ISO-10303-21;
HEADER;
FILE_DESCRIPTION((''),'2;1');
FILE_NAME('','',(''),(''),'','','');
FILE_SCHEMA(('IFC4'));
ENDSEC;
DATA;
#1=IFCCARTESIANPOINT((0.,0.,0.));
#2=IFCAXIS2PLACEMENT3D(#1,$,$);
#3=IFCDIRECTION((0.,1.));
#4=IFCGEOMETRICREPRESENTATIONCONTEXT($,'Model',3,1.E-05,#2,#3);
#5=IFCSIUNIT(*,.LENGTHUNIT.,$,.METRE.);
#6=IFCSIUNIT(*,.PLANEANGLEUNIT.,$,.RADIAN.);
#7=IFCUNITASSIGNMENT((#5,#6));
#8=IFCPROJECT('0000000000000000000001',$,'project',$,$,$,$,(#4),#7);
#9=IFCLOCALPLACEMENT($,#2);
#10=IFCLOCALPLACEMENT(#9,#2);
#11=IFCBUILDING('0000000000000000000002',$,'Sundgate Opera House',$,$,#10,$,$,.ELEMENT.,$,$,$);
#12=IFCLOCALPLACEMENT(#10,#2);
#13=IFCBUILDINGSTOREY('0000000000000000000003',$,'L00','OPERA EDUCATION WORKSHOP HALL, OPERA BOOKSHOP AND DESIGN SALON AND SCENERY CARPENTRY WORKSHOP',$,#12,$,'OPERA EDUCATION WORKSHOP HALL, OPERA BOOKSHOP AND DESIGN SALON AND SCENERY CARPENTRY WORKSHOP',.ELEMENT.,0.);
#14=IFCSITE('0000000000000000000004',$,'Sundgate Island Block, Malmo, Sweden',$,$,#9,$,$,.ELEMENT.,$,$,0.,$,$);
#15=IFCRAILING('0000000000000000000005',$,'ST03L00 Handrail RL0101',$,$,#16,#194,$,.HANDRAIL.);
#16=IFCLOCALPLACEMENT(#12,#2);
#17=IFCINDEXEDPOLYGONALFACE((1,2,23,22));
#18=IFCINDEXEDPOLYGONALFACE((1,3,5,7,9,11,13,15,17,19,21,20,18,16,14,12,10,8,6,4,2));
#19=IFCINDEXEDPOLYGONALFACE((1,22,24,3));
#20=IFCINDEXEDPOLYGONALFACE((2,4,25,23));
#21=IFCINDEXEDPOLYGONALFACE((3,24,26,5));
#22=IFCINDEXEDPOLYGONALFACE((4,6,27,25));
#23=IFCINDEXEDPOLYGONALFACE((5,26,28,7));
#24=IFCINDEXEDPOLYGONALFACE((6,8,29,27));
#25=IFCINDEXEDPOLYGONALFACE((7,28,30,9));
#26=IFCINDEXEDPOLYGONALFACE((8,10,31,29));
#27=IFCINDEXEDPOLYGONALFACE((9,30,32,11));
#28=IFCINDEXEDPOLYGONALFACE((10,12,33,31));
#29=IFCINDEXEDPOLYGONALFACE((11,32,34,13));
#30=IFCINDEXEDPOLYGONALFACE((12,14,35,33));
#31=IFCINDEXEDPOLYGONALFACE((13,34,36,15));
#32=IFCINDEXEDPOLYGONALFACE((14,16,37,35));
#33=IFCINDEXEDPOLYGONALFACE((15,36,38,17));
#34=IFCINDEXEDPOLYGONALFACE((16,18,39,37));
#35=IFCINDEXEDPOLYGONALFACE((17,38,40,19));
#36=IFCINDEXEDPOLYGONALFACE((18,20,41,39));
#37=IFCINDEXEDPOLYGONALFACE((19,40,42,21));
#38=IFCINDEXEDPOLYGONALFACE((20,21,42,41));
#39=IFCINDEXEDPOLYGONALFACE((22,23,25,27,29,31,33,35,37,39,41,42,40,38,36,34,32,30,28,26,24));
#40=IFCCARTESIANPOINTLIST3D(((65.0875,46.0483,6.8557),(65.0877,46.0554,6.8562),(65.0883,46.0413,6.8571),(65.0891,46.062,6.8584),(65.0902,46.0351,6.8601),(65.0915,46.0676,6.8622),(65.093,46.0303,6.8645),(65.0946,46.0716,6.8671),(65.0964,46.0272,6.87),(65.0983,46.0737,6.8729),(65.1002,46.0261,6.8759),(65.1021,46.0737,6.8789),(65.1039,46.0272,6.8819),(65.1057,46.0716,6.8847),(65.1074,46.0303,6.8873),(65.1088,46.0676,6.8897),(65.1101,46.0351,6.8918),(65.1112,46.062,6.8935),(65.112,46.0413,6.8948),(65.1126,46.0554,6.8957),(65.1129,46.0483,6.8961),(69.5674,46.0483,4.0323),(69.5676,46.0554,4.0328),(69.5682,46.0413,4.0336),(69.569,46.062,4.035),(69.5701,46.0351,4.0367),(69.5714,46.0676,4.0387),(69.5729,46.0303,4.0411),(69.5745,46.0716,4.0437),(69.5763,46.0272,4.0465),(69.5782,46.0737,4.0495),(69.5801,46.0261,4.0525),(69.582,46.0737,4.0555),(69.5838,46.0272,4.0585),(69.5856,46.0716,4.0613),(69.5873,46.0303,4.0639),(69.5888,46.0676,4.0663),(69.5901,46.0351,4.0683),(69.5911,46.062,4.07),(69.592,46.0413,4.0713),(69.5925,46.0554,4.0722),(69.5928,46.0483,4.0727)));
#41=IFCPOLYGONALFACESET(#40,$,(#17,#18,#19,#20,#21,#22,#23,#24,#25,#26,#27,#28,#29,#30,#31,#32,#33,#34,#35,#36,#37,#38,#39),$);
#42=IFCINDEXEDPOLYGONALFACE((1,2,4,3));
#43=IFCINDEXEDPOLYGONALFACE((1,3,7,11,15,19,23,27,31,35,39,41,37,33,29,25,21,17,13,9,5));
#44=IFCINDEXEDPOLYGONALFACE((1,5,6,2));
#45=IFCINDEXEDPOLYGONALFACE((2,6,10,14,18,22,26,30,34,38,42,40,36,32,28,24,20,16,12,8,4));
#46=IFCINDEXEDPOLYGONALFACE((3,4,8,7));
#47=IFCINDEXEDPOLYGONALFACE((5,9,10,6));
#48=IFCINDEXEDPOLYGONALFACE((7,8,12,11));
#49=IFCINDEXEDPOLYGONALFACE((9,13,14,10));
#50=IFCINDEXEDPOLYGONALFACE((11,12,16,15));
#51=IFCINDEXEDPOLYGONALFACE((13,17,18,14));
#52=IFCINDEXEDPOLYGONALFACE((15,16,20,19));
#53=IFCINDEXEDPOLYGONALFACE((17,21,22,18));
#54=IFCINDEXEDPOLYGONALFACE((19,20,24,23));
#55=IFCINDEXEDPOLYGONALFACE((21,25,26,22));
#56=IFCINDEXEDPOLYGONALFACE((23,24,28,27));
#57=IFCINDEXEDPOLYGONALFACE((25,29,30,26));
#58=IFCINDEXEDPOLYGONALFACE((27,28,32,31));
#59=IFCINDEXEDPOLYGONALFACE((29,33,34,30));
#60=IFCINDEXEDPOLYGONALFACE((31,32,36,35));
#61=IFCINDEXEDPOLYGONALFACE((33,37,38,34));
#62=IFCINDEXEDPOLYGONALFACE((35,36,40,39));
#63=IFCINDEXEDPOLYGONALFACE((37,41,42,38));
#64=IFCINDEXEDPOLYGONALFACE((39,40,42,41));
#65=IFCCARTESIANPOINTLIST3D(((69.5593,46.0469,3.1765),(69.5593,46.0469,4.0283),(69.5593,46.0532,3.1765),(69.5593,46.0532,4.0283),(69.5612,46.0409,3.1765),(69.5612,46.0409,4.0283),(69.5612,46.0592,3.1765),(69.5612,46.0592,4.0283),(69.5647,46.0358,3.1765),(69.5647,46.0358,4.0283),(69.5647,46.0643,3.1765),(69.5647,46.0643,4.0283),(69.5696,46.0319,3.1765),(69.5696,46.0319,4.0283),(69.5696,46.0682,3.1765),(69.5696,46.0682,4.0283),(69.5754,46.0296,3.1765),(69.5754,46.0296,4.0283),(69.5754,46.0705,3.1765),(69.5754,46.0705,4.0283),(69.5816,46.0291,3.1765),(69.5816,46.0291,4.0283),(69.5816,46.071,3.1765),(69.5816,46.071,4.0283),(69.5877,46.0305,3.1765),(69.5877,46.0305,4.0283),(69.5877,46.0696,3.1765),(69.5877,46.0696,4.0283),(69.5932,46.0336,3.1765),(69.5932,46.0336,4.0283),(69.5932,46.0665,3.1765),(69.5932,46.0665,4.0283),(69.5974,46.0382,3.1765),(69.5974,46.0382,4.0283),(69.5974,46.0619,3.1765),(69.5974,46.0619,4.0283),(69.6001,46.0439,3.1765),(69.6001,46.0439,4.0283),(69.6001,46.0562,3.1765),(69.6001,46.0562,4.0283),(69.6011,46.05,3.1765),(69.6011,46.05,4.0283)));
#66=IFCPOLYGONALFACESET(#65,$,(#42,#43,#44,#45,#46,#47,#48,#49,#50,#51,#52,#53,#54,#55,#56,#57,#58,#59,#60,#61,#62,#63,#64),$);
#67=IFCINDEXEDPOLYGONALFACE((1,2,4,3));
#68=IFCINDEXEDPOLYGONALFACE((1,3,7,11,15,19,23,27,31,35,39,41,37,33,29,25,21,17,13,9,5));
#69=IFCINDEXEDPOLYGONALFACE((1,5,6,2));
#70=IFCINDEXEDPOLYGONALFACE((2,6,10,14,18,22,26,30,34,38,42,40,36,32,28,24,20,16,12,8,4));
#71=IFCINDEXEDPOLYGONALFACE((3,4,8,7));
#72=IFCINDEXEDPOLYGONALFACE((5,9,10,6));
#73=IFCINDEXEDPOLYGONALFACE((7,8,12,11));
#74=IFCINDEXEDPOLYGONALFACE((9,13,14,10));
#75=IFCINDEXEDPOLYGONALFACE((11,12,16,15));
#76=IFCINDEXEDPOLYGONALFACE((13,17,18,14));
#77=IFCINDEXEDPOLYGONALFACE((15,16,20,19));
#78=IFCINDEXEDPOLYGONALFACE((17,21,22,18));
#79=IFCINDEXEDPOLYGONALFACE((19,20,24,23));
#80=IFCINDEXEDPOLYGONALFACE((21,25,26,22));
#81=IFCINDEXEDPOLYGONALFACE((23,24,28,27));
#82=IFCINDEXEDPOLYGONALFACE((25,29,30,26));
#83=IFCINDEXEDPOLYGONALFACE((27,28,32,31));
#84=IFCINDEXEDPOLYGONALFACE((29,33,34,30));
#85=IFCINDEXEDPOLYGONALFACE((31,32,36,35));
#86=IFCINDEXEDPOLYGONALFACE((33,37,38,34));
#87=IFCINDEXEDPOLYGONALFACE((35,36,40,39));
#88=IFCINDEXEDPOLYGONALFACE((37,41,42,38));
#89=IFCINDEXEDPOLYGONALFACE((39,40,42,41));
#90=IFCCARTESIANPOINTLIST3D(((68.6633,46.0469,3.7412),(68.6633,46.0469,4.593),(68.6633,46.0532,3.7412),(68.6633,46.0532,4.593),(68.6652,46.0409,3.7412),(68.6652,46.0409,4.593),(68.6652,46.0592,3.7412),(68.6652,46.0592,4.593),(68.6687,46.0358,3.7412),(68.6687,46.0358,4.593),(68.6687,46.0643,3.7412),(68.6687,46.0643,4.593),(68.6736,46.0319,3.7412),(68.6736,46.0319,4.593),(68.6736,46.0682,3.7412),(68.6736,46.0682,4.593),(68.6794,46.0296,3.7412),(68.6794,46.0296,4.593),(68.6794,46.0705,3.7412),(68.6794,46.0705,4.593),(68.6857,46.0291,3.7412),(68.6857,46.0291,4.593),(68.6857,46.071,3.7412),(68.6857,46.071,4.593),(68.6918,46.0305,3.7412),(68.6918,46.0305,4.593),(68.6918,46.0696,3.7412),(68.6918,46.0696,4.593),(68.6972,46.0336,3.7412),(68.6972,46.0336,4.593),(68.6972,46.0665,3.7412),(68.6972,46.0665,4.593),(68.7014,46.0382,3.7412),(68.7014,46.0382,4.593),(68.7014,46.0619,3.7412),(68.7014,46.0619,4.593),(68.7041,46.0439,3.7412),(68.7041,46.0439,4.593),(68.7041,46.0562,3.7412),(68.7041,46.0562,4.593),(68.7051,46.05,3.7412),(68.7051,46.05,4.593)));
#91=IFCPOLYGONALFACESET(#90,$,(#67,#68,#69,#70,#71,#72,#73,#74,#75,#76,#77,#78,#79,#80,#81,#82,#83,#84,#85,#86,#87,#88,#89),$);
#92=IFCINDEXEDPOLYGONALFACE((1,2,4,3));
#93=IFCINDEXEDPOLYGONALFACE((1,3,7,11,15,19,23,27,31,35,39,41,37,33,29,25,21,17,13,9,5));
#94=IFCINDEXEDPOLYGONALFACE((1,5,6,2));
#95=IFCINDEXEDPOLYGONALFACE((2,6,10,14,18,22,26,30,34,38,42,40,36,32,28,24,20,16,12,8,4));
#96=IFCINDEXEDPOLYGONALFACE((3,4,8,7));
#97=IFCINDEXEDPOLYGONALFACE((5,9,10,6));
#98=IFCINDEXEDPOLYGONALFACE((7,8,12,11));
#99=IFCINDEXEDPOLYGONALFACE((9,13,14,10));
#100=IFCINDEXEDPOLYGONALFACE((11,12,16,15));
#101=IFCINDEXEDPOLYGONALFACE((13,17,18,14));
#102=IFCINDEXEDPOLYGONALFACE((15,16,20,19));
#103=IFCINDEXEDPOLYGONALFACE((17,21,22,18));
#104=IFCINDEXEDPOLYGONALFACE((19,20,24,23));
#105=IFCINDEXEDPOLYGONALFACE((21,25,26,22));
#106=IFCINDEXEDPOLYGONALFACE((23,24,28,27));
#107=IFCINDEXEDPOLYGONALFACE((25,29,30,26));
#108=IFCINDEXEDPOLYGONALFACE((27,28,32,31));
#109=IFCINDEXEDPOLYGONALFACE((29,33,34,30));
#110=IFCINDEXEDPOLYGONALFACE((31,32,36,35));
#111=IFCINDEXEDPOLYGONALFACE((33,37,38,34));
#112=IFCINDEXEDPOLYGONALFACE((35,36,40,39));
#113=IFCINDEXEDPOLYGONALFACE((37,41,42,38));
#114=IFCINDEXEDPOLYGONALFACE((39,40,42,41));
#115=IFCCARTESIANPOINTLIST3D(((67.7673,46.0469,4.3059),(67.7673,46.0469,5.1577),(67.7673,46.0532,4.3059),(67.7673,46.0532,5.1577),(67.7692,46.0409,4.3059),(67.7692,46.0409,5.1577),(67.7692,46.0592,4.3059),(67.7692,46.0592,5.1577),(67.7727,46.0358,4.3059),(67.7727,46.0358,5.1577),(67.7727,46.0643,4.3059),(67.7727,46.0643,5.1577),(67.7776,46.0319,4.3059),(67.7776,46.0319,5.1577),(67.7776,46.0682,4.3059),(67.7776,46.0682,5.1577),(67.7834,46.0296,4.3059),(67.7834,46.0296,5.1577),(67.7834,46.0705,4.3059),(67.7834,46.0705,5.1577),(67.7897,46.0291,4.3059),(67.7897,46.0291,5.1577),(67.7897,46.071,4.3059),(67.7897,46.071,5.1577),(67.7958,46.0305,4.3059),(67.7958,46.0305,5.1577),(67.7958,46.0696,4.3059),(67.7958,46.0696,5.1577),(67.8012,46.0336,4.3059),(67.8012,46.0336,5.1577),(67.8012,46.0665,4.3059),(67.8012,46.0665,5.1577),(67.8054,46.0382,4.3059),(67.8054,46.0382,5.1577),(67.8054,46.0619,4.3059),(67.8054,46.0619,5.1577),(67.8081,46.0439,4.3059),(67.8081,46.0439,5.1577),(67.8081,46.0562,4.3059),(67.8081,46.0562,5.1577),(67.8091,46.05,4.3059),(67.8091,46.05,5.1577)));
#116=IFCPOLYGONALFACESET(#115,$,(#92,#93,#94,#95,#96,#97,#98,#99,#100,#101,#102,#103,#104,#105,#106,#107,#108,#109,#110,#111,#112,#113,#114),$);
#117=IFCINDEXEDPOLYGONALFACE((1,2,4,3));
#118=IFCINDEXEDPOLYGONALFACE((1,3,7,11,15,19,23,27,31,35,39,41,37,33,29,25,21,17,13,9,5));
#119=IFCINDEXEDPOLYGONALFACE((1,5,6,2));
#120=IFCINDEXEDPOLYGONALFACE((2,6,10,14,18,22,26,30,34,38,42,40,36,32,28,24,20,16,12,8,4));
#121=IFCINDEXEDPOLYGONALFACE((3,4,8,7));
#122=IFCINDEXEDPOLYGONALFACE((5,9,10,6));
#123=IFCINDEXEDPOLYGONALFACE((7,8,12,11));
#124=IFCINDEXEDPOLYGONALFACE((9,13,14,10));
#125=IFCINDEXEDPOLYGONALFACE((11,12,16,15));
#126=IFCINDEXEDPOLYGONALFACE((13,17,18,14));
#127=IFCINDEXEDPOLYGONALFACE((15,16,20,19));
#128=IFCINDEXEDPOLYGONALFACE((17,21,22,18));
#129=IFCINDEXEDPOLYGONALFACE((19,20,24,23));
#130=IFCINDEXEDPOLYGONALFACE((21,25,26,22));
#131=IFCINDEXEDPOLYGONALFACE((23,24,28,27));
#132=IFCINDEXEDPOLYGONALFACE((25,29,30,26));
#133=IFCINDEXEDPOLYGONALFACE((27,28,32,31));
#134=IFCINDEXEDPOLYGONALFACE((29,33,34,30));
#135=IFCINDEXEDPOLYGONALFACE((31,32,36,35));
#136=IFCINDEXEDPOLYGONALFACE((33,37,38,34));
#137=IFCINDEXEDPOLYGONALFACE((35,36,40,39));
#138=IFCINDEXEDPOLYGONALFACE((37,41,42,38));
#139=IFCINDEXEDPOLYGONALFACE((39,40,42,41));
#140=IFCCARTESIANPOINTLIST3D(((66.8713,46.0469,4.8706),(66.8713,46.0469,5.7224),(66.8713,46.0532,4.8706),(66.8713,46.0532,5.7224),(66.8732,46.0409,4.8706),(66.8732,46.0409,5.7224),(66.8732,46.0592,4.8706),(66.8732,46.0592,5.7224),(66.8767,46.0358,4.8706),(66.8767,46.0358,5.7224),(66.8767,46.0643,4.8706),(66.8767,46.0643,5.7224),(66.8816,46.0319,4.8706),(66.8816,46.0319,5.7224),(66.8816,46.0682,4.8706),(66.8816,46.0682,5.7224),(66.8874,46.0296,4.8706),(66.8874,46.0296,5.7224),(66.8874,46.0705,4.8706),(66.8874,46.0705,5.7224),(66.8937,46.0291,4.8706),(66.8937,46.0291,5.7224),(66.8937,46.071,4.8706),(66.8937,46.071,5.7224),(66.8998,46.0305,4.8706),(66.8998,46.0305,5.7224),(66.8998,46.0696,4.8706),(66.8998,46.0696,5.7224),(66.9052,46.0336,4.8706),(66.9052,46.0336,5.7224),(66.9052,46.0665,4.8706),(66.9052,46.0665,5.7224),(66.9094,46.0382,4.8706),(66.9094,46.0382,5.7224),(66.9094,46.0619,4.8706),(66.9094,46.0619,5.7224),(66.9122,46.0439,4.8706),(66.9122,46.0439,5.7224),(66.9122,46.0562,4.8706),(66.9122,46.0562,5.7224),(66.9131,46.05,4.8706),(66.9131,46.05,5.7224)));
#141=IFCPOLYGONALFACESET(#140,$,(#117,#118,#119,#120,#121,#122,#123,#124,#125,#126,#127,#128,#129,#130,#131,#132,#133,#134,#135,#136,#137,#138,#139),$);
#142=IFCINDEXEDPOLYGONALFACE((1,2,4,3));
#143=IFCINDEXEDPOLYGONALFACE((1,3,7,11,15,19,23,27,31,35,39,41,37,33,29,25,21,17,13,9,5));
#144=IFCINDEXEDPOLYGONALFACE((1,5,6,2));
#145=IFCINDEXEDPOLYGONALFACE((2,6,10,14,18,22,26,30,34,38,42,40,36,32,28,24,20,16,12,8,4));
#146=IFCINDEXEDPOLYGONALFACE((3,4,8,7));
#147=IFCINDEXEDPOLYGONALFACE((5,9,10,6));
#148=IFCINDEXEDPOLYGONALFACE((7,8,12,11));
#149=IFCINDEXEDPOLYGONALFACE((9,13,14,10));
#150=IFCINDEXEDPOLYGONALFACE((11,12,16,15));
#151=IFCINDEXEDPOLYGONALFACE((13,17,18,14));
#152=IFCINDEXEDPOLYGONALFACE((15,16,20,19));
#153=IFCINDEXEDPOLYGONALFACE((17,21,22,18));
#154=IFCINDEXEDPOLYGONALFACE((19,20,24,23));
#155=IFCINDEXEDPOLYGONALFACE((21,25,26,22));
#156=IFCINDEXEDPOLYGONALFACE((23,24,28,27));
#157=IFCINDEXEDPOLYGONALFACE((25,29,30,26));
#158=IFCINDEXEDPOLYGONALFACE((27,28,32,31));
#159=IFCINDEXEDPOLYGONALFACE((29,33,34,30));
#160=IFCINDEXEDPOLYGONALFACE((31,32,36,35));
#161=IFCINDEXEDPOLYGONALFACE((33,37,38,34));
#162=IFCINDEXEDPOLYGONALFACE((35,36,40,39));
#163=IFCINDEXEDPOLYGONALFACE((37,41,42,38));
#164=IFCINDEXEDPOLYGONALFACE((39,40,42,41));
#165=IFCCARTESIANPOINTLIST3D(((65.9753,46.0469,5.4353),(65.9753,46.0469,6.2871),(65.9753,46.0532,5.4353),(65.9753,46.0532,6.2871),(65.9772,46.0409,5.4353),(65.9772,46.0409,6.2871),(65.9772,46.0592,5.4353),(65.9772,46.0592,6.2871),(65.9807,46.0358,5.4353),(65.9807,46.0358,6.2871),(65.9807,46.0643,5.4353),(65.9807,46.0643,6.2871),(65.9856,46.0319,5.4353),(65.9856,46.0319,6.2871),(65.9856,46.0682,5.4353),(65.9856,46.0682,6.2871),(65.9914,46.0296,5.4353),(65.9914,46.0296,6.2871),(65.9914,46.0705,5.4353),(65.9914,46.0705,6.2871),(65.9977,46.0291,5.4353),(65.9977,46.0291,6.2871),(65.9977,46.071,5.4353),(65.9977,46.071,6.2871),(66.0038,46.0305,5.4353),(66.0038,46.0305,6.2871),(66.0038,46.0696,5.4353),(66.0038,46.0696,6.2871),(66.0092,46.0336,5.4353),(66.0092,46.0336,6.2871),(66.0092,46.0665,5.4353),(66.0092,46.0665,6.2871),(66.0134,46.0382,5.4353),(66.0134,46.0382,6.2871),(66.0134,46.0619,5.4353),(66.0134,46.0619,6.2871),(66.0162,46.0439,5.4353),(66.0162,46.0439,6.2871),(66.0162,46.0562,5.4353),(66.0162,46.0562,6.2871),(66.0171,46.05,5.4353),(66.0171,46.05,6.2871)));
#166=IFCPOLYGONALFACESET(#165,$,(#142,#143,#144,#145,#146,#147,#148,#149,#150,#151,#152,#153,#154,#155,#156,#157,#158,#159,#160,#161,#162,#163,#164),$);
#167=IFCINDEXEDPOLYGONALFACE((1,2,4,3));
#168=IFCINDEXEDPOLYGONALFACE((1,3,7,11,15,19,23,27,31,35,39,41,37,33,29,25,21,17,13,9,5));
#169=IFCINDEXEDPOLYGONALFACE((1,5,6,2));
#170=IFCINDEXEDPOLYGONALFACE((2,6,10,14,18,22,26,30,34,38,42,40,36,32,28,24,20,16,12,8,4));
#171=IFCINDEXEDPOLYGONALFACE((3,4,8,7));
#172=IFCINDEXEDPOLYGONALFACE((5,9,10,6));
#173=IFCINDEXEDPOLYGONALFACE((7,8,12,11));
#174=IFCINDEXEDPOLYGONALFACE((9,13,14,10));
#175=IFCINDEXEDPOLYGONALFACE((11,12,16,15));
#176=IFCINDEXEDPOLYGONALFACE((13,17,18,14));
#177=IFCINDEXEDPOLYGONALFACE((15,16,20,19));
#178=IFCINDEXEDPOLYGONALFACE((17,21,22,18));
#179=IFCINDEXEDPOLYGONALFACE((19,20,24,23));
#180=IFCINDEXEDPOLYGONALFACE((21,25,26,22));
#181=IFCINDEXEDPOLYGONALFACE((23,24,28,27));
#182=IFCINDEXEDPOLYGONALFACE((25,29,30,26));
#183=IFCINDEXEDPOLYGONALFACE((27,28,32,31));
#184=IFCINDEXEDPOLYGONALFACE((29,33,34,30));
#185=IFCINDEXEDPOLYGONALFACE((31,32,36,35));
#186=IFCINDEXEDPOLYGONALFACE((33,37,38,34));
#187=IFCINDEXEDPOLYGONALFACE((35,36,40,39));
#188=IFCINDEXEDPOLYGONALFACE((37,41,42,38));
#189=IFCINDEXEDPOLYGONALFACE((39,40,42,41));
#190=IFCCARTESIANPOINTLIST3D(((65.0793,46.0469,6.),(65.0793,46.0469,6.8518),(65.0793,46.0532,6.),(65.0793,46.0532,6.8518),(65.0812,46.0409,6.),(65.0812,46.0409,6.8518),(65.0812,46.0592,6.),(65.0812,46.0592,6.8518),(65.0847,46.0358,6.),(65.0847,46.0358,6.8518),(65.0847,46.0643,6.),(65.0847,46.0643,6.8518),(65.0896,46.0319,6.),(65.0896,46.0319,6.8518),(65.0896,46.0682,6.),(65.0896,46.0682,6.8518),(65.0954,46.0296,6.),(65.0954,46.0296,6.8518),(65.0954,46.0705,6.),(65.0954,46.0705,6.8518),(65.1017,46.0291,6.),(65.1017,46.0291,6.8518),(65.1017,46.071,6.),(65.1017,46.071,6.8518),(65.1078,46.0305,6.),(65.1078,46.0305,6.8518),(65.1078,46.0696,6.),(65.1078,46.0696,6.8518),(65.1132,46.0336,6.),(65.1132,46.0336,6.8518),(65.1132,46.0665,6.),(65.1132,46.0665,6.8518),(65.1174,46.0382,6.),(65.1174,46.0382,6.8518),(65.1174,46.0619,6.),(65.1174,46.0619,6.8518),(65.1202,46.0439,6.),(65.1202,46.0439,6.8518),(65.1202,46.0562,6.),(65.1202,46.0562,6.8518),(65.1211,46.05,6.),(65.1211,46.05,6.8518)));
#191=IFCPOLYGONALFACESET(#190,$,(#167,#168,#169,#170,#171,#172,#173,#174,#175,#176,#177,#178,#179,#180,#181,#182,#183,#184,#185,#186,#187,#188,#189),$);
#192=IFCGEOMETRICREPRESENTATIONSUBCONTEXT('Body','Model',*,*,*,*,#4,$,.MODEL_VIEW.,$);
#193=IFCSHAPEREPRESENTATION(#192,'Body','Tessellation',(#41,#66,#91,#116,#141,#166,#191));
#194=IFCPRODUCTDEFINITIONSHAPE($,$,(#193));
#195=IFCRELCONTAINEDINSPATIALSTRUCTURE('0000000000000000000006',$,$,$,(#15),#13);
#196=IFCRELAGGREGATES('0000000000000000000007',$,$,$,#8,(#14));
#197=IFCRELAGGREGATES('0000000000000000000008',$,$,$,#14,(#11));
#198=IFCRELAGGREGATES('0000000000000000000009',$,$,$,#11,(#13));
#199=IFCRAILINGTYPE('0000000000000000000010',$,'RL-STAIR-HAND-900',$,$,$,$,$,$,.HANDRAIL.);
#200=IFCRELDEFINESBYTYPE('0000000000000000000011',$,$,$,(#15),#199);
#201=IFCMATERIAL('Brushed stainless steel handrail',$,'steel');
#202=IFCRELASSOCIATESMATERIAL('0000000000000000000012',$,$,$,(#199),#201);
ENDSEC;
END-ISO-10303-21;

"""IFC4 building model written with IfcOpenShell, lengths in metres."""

from ifc_helpers import new_model, si_unit, direction, frame, origin, origin_2d, place, context, subcontext, project, spatial, circle, extrude, material, type_object, element, save


model = new_model("IFC4")

# Units and contexts
model_context = context("Model", 3, precision=1e-05, world=origin(), true_north=direction((0.0, 1.0)))
body_context = subcontext(model_context, "Body", "Model", "MODEL_VIEW")
ifc_project = project(units=[si_unit("LENGTHUNIT", "METRE"), si_unit("PLANEANGLEUNIT", "RADIAN")], contexts=[model_context])

# Site, building, storey
site_placement = place(None, origin())
site = spatial("IfcSite", under=ifc_project, at=site_placement, Name="Sundgate Island Block, Malmo, Sweden", CompositionType="ELEMENT", RefElevation=0.0)
building_placement = place(site_placement, origin())
building = spatial("IfcBuilding", under=site, at=building_placement, Name="Sundgate Opera House", CompositionType="ELEMENT")
storey_placement = place(building_placement, origin())
storey = spatial("IfcBuildingStorey", under=building, at=storey_placement, Name="L00", Description="OPERA EDUCATION WORKSHOP HALL, OPERA BOOKSHOP AND DESIGN SALON AND SCENERY CARPENTRY WORKSHOP", LongName="OPERA EDUCATION WORKSHOP HALL, OPERA BOOKSHOP AND DESIGN SALON AND SCENERY CARPENTRY WORKSHOP", CompositionType="ELEMENT", Elevation=0.0)

# Railing
ifc_material_1 = material(Name="Brushed stainless steel handrail", Category="steel")
railing_type = type_object("IfcRailingType", Name="RL-STAIR-HAND-900", PredefinedType="HANDRAIL", material=ifc_material_1)
railing_placement = place(storey_placement, frame((69.5801, 46.05, 3.1765)))
element("IfcRailing", 1, at=railing_placement, inside=storey, type_object=railing_type, Name="ST03L00 Handrail RL0101", PredefinedType="HANDRAIL", context=body_context, shape_type="SweptSolid", body=[
    extrude(circle(Radius=0.0239, at=origin_2d()), frame((0.0, 0.0, 0.876), z_axis=(-0.845998, 0.0, 0.533186), x_axis=(0.0, -1.0, 0.0)), (0.0, 0.0, 1.0), 5.2954),
    extrude(circle(Radius=0.021, at=origin_2d()), origin(), (0.0, 0.0, 1.0), 0.8518),
    extrude(circle(Radius=0.021, at=origin_2d()), frame((-0.896, 0.0, 0.5647)), (0.0, 0.0, 1.0), 0.8518),
    extrude(circle(Radius=0.021, at=origin_2d()), frame((-1.792, 0.0, 1.1294)), (0.0, 0.0, 1.0), 0.8518),
    extrude(circle(Radius=0.021, at=origin_2d()), frame((-2.688, 0.0, 1.6941)), (0.0, 0.0, 1.0), 0.8518),
    extrude(circle(Radius=0.021, at=origin_2d()), frame((-3.584, 0.0, 2.2588)), (0.0, 0.0, 1.0), 0.8518),
    extrude(circle(Radius=0.021, at=origin_2d()), frame((-4.48, 0.0, 2.8235)), (0.0, 0.0, 1.0), 0.8518),
])

save(model, "model.ifc")
